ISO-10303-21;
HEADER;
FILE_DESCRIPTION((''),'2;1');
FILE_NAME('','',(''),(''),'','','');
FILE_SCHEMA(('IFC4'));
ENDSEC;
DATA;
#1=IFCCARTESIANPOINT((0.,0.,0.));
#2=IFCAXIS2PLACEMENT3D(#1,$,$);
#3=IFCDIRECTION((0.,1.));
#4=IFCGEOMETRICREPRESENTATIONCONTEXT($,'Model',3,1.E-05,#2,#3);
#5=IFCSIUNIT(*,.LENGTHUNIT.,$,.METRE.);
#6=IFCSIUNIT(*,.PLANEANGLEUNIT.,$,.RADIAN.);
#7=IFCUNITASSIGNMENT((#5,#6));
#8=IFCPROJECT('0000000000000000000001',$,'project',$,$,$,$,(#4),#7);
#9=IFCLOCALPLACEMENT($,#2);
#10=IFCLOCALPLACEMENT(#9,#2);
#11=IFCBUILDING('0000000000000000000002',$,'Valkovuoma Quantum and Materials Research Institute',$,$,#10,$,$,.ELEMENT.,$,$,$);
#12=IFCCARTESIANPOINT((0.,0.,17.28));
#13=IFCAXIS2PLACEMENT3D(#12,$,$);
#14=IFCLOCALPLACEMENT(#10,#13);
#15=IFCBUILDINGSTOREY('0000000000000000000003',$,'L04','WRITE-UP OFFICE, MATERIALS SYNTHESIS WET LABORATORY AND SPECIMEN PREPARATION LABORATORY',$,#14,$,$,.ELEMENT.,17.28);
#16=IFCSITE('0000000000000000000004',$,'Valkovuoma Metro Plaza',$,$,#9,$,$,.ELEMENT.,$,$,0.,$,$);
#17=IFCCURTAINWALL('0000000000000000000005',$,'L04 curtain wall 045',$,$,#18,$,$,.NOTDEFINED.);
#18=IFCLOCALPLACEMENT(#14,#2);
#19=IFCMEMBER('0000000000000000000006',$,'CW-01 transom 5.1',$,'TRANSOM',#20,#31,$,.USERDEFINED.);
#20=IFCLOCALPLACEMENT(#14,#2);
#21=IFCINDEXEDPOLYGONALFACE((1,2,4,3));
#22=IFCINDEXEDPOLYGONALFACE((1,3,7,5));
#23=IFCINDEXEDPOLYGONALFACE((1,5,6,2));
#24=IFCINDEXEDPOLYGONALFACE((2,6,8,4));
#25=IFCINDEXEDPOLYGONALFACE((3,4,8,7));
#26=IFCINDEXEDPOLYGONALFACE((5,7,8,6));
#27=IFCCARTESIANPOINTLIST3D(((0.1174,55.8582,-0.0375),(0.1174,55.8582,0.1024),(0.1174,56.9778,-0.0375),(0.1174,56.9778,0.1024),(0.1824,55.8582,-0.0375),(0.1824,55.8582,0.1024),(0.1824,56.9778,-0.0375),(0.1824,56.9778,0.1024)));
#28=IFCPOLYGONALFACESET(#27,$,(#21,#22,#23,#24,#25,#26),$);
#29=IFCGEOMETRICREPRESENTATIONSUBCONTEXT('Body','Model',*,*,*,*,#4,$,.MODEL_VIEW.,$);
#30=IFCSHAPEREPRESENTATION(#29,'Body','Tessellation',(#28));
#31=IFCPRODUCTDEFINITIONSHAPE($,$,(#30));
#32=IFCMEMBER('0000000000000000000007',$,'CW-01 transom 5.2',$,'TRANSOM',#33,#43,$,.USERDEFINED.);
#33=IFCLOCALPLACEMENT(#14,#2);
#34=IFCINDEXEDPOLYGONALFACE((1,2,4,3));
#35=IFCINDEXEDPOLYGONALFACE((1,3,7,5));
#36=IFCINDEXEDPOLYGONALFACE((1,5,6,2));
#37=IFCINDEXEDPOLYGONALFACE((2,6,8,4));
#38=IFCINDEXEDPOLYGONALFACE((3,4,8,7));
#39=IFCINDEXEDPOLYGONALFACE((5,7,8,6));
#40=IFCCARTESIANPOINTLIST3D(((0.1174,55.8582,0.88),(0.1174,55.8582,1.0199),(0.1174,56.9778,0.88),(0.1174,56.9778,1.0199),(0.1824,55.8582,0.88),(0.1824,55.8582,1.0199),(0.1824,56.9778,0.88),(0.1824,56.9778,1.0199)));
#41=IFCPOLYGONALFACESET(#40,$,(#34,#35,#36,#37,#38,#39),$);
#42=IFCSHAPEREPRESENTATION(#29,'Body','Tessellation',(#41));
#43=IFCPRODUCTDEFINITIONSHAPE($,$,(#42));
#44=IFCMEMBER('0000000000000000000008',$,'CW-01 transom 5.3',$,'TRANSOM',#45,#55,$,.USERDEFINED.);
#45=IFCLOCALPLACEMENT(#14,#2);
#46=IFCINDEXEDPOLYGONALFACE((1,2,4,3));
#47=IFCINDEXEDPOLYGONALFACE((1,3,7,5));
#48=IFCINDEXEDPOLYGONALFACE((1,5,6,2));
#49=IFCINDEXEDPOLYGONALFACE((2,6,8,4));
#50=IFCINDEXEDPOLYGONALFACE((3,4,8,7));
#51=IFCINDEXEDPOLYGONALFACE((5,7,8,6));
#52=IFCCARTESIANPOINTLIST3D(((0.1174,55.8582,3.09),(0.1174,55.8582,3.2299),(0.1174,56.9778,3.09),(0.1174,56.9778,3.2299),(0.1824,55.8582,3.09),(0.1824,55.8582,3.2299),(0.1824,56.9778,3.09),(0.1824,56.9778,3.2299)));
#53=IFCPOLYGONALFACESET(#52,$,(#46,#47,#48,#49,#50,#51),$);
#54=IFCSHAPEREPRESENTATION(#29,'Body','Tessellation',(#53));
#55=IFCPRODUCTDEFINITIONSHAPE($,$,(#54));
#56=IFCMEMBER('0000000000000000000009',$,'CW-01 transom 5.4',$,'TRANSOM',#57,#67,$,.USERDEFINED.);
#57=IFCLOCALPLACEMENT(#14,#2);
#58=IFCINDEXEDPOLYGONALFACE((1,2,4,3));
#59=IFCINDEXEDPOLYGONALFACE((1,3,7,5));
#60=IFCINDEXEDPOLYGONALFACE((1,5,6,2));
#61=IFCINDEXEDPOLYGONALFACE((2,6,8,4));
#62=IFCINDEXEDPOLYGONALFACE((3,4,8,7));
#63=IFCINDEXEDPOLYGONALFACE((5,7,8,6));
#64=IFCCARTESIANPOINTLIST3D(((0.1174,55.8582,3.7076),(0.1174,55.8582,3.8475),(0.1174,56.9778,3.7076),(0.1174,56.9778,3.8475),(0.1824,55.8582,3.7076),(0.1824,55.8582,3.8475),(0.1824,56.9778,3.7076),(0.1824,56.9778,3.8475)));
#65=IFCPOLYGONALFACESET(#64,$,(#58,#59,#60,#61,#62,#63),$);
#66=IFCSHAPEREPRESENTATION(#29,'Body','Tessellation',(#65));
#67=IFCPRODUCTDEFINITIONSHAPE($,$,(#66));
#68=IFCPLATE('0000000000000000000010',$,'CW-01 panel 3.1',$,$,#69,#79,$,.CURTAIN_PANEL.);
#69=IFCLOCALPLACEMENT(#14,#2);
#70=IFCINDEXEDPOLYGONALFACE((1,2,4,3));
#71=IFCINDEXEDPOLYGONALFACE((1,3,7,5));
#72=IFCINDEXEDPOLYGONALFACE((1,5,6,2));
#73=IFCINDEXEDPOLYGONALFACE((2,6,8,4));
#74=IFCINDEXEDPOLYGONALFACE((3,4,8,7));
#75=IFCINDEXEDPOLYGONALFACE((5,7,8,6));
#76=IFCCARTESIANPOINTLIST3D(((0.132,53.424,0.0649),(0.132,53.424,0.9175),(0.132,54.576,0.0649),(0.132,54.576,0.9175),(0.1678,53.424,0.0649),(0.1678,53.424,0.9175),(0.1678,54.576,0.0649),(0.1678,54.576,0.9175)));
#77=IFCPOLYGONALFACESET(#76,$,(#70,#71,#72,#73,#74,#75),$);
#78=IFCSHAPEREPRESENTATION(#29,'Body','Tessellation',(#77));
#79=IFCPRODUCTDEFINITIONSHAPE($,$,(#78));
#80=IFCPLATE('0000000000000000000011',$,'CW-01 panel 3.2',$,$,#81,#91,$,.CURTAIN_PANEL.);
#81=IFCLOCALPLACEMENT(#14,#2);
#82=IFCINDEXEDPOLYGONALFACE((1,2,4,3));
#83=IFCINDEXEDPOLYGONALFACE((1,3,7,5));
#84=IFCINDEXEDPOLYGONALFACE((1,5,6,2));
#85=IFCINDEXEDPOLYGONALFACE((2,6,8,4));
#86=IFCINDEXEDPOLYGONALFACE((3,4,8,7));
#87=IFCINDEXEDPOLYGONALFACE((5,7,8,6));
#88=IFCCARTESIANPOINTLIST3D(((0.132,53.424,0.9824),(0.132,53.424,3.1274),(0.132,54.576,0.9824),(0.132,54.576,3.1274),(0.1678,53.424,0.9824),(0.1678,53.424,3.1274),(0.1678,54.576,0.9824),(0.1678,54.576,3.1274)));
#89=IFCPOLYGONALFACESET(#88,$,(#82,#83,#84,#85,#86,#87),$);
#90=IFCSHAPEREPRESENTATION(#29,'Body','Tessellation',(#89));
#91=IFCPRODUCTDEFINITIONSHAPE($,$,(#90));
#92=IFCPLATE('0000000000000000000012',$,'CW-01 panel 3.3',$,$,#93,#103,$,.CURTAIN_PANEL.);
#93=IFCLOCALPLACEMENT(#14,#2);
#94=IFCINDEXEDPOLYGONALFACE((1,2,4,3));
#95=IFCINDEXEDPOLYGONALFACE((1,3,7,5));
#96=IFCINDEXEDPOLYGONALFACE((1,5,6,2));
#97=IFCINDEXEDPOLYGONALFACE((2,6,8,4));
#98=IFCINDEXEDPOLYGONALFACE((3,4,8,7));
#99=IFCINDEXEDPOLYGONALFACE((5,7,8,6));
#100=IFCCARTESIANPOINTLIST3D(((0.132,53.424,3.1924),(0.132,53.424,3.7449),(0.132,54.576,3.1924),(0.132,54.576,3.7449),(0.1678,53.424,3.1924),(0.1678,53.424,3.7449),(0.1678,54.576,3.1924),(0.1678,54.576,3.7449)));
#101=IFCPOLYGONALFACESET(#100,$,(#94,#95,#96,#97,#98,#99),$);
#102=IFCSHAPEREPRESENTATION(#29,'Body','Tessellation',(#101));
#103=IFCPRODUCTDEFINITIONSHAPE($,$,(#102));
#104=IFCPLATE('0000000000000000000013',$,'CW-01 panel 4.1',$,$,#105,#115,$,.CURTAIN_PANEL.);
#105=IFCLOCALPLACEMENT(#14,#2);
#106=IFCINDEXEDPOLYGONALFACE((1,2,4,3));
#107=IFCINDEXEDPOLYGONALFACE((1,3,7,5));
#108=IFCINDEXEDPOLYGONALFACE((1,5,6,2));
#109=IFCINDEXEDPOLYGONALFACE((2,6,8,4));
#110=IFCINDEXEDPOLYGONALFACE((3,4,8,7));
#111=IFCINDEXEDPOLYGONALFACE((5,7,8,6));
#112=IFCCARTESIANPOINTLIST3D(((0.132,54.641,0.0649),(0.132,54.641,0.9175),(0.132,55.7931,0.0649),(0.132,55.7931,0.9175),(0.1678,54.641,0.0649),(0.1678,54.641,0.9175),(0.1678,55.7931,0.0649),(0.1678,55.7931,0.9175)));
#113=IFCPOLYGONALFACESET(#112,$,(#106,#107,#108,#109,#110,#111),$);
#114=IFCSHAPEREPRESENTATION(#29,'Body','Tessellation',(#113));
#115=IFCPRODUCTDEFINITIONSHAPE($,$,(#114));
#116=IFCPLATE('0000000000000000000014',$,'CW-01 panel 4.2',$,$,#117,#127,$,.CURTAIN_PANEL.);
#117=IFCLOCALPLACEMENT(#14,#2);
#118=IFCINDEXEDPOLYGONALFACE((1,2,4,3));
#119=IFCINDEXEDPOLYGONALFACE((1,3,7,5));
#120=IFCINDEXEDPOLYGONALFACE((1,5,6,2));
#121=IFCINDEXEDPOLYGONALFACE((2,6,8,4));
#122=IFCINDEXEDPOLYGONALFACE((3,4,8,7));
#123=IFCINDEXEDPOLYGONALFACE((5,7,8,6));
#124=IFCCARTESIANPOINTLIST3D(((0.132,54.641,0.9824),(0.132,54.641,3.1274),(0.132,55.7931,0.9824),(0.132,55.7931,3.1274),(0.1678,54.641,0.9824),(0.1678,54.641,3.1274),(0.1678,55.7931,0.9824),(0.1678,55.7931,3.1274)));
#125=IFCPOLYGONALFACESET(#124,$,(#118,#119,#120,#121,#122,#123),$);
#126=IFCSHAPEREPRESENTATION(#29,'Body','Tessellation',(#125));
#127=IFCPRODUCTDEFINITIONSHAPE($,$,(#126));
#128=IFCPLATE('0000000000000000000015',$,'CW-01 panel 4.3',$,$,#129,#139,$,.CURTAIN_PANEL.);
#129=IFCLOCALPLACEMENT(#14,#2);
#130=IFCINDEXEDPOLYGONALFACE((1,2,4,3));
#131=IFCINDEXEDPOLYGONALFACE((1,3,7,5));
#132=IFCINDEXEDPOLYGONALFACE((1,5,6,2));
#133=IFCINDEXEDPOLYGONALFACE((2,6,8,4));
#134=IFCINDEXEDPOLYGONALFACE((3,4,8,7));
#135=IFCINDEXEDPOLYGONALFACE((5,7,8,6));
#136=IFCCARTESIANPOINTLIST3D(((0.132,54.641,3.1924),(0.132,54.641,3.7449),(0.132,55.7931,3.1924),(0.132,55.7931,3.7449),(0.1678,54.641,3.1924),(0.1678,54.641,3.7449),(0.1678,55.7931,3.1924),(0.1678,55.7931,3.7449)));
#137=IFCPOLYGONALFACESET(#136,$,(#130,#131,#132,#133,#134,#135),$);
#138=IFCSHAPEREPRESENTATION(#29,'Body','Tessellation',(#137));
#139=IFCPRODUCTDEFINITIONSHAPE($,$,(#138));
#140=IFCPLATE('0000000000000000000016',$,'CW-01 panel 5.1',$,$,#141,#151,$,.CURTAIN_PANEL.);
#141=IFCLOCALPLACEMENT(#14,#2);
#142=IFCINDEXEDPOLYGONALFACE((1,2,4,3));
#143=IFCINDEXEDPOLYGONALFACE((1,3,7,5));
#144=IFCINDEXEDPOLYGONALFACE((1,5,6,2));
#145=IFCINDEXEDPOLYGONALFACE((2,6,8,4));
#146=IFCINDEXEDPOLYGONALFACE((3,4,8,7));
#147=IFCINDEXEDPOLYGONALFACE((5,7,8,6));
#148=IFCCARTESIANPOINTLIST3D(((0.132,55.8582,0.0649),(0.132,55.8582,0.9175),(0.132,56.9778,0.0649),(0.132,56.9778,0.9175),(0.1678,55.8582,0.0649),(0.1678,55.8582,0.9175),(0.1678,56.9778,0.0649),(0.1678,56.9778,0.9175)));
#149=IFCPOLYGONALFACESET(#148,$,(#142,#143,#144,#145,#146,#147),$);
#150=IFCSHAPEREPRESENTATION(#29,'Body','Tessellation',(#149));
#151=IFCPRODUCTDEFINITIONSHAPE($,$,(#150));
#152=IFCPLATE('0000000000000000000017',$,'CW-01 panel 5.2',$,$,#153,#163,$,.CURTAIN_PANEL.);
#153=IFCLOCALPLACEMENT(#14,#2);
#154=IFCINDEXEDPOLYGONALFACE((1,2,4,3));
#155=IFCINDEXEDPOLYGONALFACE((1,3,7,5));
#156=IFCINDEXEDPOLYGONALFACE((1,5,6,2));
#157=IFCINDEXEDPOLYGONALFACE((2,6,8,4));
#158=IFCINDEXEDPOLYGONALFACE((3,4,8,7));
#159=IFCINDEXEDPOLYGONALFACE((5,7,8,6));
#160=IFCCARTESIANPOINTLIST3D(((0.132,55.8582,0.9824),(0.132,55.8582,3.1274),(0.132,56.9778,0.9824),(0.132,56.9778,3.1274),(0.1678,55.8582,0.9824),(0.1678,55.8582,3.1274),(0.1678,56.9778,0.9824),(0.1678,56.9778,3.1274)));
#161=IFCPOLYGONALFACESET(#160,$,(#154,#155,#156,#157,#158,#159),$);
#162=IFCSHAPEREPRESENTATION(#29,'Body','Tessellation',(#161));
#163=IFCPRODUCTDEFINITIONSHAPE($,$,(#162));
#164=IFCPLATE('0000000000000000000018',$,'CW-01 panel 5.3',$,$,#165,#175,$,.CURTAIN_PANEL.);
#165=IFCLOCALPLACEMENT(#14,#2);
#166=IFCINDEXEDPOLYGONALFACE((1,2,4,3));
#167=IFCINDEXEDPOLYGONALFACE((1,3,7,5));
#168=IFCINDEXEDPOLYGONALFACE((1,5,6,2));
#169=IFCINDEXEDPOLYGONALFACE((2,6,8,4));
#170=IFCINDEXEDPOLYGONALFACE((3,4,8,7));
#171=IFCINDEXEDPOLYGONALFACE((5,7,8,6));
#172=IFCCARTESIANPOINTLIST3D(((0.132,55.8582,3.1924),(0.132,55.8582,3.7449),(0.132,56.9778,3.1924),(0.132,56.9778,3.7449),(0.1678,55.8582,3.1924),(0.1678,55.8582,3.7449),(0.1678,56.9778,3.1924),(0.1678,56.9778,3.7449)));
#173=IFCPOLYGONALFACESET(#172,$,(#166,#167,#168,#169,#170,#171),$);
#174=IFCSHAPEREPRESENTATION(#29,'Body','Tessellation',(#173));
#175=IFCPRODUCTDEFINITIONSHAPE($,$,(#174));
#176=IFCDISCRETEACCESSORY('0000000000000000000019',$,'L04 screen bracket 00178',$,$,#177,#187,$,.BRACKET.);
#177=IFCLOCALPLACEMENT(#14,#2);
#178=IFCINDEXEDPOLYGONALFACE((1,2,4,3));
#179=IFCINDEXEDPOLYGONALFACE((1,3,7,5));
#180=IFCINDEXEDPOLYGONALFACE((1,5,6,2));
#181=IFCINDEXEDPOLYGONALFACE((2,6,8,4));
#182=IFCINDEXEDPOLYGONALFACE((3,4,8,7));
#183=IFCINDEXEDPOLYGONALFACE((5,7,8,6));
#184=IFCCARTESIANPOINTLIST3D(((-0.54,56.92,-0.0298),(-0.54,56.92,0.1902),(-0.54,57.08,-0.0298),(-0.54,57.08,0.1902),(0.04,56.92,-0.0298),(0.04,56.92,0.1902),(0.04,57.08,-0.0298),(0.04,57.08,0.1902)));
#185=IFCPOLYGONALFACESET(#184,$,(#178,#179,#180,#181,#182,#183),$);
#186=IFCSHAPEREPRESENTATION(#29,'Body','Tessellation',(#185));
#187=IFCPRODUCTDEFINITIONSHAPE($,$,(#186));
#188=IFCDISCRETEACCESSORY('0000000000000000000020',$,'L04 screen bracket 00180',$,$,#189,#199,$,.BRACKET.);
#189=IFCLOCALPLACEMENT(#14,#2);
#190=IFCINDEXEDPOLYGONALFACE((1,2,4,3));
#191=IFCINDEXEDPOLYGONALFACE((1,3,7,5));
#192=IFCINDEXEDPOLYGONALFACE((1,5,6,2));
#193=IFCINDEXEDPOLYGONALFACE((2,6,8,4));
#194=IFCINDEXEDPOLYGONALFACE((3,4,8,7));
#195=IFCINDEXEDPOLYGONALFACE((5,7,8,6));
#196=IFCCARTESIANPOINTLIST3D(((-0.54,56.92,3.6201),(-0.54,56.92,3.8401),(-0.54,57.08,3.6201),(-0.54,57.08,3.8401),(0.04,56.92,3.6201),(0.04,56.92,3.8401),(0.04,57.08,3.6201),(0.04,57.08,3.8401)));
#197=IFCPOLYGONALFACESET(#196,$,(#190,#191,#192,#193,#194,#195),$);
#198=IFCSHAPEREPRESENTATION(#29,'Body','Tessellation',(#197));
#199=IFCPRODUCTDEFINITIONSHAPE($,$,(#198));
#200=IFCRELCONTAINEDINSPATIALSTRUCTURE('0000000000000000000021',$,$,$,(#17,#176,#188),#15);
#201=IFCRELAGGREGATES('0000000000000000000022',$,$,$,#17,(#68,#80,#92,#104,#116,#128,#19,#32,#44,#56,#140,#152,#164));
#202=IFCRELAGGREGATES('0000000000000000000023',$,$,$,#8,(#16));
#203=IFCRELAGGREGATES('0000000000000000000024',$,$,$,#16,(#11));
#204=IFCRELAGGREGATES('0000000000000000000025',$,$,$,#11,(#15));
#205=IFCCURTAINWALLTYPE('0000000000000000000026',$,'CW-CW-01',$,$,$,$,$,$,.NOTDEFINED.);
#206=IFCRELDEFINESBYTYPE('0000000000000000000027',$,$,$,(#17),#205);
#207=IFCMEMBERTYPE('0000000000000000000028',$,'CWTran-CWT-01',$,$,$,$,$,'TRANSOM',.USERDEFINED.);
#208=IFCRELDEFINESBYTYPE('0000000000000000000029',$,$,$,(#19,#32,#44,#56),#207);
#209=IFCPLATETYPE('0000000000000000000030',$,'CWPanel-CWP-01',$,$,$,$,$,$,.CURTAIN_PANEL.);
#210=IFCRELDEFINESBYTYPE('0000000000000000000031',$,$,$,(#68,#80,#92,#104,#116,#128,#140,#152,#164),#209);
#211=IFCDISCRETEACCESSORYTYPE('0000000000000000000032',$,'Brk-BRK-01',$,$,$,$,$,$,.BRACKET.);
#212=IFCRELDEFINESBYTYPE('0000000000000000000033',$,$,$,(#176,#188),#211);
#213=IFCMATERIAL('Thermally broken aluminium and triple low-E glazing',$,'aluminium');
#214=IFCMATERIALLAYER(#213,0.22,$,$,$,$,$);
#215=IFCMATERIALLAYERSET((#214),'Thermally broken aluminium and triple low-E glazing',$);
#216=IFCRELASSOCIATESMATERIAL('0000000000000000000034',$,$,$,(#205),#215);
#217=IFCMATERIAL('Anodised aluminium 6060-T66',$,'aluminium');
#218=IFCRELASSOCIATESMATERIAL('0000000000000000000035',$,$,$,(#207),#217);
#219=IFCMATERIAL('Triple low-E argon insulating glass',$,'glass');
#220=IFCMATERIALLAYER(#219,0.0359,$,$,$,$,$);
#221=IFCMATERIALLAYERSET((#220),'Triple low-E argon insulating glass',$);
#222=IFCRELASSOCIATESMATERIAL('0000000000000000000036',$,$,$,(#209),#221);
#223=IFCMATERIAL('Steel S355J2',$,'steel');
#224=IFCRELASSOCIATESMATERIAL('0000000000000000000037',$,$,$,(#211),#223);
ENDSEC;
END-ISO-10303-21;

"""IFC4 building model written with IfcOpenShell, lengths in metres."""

from ifc_helpers import new_model, si_unit, direction, frame, origin, origin_2d, place, context, subcontext, project, spatial, rectangle, extrude, material, layer, layer_set, material_profile, profile_set, type_object, element, aggregate, save


model = new_model("IFC4")

# Units and contexts
model_context = context("Model", 3, precision=1e-05, world=origin(), true_north=direction((0.0, 1.0)))
body_context = subcontext(model_context, "Body", "Model", "MODEL_VIEW")
ifc_project = project(units=[si_unit("LENGTHUNIT", "METRE"), si_unit("PLANEANGLEUNIT", "RADIAN")], contexts=[model_context])

# Site, building, storey
site_placement = place(None, origin())
site = spatial("IfcSite", under=ifc_project, at=site_placement, Name="Valkovuoma Metro Plaza", CompositionType="ELEMENT", RefElevation=0.0)
building_placement = place(site_placement, origin())
building = spatial("IfcBuilding", under=site, at=building_placement, Name="Valkovuoma Quantum and Materials Research Institute", CompositionType="ELEMENT")
storey_placement = place(building_placement, frame((0.0, 0.0, 17.28)))
storey = spatial("IfcBuildingStorey", under=building, at=storey_placement, Name="L04", Description="WRITE-UP OFFICE, MATERIALS SYNTHESIS WET LABORATORY AND SPECIMEN PREPARATION LABORATORY", CompositionType="ELEMENT", Elevation=17.28)

# Curtain wall, members, plates
ifc_material_1 = material(Name="Thermally broken aluminium and triple low-E glazing", Category="aluminium")
ifc_layer_1 = layer(ifc_material_1, 0.22)
ifc_layer_set_1 = layer_set([ifc_layer_1], Name="Thermally broken aluminium and triple low-E glazing")
curtain_wall_type = type_object("IfcCurtainWallType", Name="CW-CW-01", PredefinedType="NOTDEFINED", material=ifc_layer_set_1)
curtain_wall_placement = place(storey_placement, origin())
curtain_wall = element("IfcCurtainWall", 1, at=curtain_wall_placement, inside=storey, type_object=curtain_wall_type, Name="L04 curtain wall 045", PredefinedType="NOTDEFINED")
ifc_material_2 = material(Name="Anodised aluminium 6060-T66", Category="aluminium")
ifc_material_profile_1 = material_profile(ifc_material_2, rectangle(XDim=0.0649, YDim=0.1399, at=origin_2d()), Name="Anodised aluminium 6060-T66")
ifc_profile_set_1 = profile_set([ifc_material_profile_1], Name="Anodised aluminium 6060-T66")
member_type_1 = type_object("IfcMemberType", Name="CWTran-CWT-01", ElementType="TRANSOM", PredefinedType="USERDEFINED", material=ifc_profile_set_1)
member_1_placement = place(storey_placement, frame((0.1499, 55.8582, 0.0325), z_axis=(0.0, 1.0, 0.0), x_axis=(-1.0, 0.0, 0.0)))
member_1 = element("IfcMember", 2, at=member_1_placement, type_object=member_type_1, Name="CW-01 transom 5.1", ObjectType="TRANSOM", PredefinedType="USERDEFINED", context=body_context, shape_type="SweptSolid", body=[
    extrude(rectangle(XDim=0.0649, YDim=0.1399, at=origin_2d()), origin(), (0.0, 0.0, 1.0), 1.1196),
])
member_2_placement = place(storey_placement, frame((0.1499, 55.8582, 0.95), z_axis=(0.0, 1.0, 0.0), x_axis=(-1.0, 0.0, 0.0)))
member_2 = element("IfcMember", 3, at=member_2_placement, type_object=member_type_1, Name="CW-01 transom 5.2", ObjectType="TRANSOM", PredefinedType="USERDEFINED", context=body_context, shape_type="SweptSolid", body=[
    extrude(rectangle(XDim=0.0649, YDim=0.1399, at=origin_2d()), origin(), (0.0, 0.0, 1.0), 1.1196),
])
member_3_placement = place(storey_placement, frame((0.1499, 55.8582, 3.1599), z_axis=(0.0, 1.0, 0.0), x_axis=(-1.0, 0.0, 0.0)))
member_3 = element("IfcMember", 4, at=member_3_placement, type_object=member_type_1, Name="CW-01 transom 5.3", ObjectType="TRANSOM", PredefinedType="USERDEFINED", context=body_context, shape_type="SweptSolid", body=[
    extrude(rectangle(XDim=0.0649, YDim=0.1399, at=origin_2d()), origin(), (0.0, 0.0, 1.0), 1.1196),
])
member_4_placement = place(storey_placement, frame((0.1499, 55.8582, 3.7776), z_axis=(0.0, 1.0, 0.0), x_axis=(-1.0, 0.0, 0.0)))
member_4 = element("IfcMember", 5, at=member_4_placement, type_object=member_type_1, Name="CW-01 transom 5.4", ObjectType="TRANSOM", PredefinedType="USERDEFINED", context=body_context, shape_type="SweptSolid", body=[
    extrude(rectangle(XDim=0.0649, YDim=0.1399, at=origin_2d()), origin(), (0.0, 0.0, 1.0), 1.1196),
])
ifc_material_3 = material(Name="Triple low-E argon insulating glass", Category="glass")
ifc_layer_2 = layer(ifc_material_3, 0.0359)
ifc_layer_set_2 = layer_set([ifc_layer_2], Name="Triple low-E argon insulating glass")
plate_type = type_object("IfcPlateType", Name="CWPanel-CWP-01", PredefinedType="CURTAIN_PANEL", material=ifc_layer_set_2)
plate_1_placement = place(storey_placement, frame((0.1499, 54.0, 0.0649), z_axis=(0.0, 0.0, 1.0), x_axis=(0.0, 1.0, 0.0)))
plate_1 = element("IfcPlate", 6, at=plate_1_placement, type_object=plate_type, Name="CW-01 panel 3.1", PredefinedType="CURTAIN_PANEL", context=body_context, shape_type="SweptSolid", body=[
    extrude(rectangle(XDim=1.1521, YDim=0.0359, at=origin_2d()), origin(), (0.0, 0.0, 1.0), 0.8525),
])
plate_2_placement = place(storey_placement, frame((0.1499, 54.0, 0.9824), z_axis=(0.0, 0.0, 1.0), x_axis=(0.0, 1.0, 0.0)))
plate_2 = element("IfcPlate", 7, at=plate_2_placement, type_object=plate_type, Name="CW-01 panel 3.2", PredefinedType="CURTAIN_PANEL", context=body_context, shape_type="SweptSolid", body=[
    extrude(rectangle(XDim=1.1521, YDim=0.0359, at=origin_2d()), origin(), (0.0, 0.0, 1.0), 2.145),
])
plate_3_placement = place(storey_placement, frame((0.1499, 54.0, 3.1924), z_axis=(0.0, 0.0, 1.0), x_axis=(0.0, 1.0, 0.0)))
plate_3 = element("IfcPlate", 8, at=plate_3_placement, type_object=plate_type, Name="CW-01 panel 3.3", PredefinedType="CURTAIN_PANEL", context=body_context, shape_type="SweptSolid", body=[
    extrude(rectangle(XDim=1.1521, YDim=0.0359, at=origin_2d()), origin(), (0.0, 0.0, 1.0), 0.5525),
])
plate_4_placement = place(storey_placement, frame((0.1499, 55.217, 0.0649), z_axis=(0.0, 0.0, 1.0), x_axis=(0.0, 1.0, 0.0)))
plate_4 = element("IfcPlate", 9, at=plate_4_placement, type_object=plate_type, Name="CW-01 panel 4.1", PredefinedType="CURTAIN_PANEL", context=body_context, shape_type="SweptSolid", body=[
    extrude(rectangle(XDim=1.1521, YDim=0.0359, at=origin_2d()), origin(), (0.0, 0.0, 1.0), 0.8525),
])
plate_5_placement = place(storey_placement, frame((0.1499, 55.217, 0.9824), z_axis=(0.0, 0.0, 1.0), x_axis=(0.0, 1.0, 0.0)))
plate_5 = element("IfcPlate", 10, at=plate_5_placement, type_object=plate_type, Name="CW-01 panel 4.2", PredefinedType="CURTAIN_PANEL", context=body_context, shape_type="SweptSolid", body=[
    extrude(rectangle(XDim=1.1521, YDim=0.0359, at=origin_2d()), origin(), (0.0, 0.0, 1.0), 2.145),
])
plate_6_placement = place(storey_placement, frame((0.1499, 55.217, 3.1924), z_axis=(0.0, 0.0, 1.0), x_axis=(0.0, 1.0, 0.0)))
plate_6 = element("IfcPlate", 11, at=plate_6_placement, type_object=plate_type, Name="CW-01 panel 4.3", PredefinedType="CURTAIN_PANEL", context=body_context, shape_type="SweptSolid", body=[
    extrude(rectangle(XDim=1.1521, YDim=0.0359, at=origin_2d()), origin(), (0.0, 0.0, 1.0), 0.5525),
])
plate_7_placement = place(storey_placement, frame((0.1499, 56.418, 0.0649), z_axis=(0.0, 0.0, 1.0), x_axis=(0.0, 1.0, 0.0)))
plate_7 = element("IfcPlate", 12, at=plate_7_placement, type_object=plate_type, Name="CW-01 panel 5.1", PredefinedType="CURTAIN_PANEL", context=body_context, shape_type="SweptSolid", body=[
    extrude(rectangle(XDim=1.1196, YDim=0.0359, at=origin_2d()), origin(), (0.0, 0.0, 1.0), 0.8525),
])
plate_8_placement = place(storey_placement, frame((0.1499, 56.418, 0.9824), z_axis=(0.0, 0.0, 1.0), x_axis=(0.0, 1.0, 0.0)))
plate_8 = element("IfcPlate", 13, at=plate_8_placement, type_object=plate_type, Name="CW-01 panel 5.2", PredefinedType="CURTAIN_PANEL", context=body_context, shape_type="SweptSolid", body=[
    extrude(rectangle(XDim=1.1196, YDim=0.0359, at=origin_2d()), origin(), (0.0, 0.0, 1.0), 2.145),
])
plate_9_placement = place(storey_placement, frame((0.1499, 56.418, 3.1924), z_axis=(0.0, 0.0, 1.0), x_axis=(0.0, 1.0, 0.0)))
plate_9 = element("IfcPlate", 14, at=plate_9_placement, type_object=plate_type, Name="CW-01 panel 5.3", PredefinedType="CURTAIN_PANEL", context=body_context, shape_type="SweptSolid", body=[
    extrude(rectangle(XDim=1.1196, YDim=0.0359, at=origin_2d()), origin(), (0.0, 0.0, 1.0), 0.5525),
])
aggregate(curtain_wall, [plate_1, plate_2, plate_3, plate_4, plate_5, plate_6, member_1, member_2, member_3, member_4, plate_7, plate_8, plate_9])

# Discrete accessories
ifc_material_4 = material(Name="Steel S355J2", Category="steel")
discrete_accessory_type = type_object("IfcDiscreteAccessoryType", Name="Brk-BRK-01", PredefinedType="BRACKET", material=ifc_material_4)
for number, where, z_axis, x_axis, name in (
    (15, (-0.25, 57.0, -0.0298), (0.0, 0.0, 1.0), (1.0, 0.0, 0.0), "L04 screen bracket 00178"),
    (16, (-0.25, 57.0, 3.6201), (0.0, 0.0, 1.0), (1.0, 0.0, 0.0), "L04 screen bracket 00180"),
):
    element("IfcDiscreteAccessory", number, at=place(storey_placement, frame(where, z_axis=z_axis, x_axis=x_axis)), inside=storey, type_object=discrete_accessory_type, Name=name, PredefinedType="BRACKET", context=body_context, shape_type="SweptSolid", body=[
        extrude(rectangle(XDim=0.5801, YDim=0.1599, at=origin_2d()), origin(), (0.0, 0.0, 1.0), 0.22),
    ])

save(model, "model.ifc")
